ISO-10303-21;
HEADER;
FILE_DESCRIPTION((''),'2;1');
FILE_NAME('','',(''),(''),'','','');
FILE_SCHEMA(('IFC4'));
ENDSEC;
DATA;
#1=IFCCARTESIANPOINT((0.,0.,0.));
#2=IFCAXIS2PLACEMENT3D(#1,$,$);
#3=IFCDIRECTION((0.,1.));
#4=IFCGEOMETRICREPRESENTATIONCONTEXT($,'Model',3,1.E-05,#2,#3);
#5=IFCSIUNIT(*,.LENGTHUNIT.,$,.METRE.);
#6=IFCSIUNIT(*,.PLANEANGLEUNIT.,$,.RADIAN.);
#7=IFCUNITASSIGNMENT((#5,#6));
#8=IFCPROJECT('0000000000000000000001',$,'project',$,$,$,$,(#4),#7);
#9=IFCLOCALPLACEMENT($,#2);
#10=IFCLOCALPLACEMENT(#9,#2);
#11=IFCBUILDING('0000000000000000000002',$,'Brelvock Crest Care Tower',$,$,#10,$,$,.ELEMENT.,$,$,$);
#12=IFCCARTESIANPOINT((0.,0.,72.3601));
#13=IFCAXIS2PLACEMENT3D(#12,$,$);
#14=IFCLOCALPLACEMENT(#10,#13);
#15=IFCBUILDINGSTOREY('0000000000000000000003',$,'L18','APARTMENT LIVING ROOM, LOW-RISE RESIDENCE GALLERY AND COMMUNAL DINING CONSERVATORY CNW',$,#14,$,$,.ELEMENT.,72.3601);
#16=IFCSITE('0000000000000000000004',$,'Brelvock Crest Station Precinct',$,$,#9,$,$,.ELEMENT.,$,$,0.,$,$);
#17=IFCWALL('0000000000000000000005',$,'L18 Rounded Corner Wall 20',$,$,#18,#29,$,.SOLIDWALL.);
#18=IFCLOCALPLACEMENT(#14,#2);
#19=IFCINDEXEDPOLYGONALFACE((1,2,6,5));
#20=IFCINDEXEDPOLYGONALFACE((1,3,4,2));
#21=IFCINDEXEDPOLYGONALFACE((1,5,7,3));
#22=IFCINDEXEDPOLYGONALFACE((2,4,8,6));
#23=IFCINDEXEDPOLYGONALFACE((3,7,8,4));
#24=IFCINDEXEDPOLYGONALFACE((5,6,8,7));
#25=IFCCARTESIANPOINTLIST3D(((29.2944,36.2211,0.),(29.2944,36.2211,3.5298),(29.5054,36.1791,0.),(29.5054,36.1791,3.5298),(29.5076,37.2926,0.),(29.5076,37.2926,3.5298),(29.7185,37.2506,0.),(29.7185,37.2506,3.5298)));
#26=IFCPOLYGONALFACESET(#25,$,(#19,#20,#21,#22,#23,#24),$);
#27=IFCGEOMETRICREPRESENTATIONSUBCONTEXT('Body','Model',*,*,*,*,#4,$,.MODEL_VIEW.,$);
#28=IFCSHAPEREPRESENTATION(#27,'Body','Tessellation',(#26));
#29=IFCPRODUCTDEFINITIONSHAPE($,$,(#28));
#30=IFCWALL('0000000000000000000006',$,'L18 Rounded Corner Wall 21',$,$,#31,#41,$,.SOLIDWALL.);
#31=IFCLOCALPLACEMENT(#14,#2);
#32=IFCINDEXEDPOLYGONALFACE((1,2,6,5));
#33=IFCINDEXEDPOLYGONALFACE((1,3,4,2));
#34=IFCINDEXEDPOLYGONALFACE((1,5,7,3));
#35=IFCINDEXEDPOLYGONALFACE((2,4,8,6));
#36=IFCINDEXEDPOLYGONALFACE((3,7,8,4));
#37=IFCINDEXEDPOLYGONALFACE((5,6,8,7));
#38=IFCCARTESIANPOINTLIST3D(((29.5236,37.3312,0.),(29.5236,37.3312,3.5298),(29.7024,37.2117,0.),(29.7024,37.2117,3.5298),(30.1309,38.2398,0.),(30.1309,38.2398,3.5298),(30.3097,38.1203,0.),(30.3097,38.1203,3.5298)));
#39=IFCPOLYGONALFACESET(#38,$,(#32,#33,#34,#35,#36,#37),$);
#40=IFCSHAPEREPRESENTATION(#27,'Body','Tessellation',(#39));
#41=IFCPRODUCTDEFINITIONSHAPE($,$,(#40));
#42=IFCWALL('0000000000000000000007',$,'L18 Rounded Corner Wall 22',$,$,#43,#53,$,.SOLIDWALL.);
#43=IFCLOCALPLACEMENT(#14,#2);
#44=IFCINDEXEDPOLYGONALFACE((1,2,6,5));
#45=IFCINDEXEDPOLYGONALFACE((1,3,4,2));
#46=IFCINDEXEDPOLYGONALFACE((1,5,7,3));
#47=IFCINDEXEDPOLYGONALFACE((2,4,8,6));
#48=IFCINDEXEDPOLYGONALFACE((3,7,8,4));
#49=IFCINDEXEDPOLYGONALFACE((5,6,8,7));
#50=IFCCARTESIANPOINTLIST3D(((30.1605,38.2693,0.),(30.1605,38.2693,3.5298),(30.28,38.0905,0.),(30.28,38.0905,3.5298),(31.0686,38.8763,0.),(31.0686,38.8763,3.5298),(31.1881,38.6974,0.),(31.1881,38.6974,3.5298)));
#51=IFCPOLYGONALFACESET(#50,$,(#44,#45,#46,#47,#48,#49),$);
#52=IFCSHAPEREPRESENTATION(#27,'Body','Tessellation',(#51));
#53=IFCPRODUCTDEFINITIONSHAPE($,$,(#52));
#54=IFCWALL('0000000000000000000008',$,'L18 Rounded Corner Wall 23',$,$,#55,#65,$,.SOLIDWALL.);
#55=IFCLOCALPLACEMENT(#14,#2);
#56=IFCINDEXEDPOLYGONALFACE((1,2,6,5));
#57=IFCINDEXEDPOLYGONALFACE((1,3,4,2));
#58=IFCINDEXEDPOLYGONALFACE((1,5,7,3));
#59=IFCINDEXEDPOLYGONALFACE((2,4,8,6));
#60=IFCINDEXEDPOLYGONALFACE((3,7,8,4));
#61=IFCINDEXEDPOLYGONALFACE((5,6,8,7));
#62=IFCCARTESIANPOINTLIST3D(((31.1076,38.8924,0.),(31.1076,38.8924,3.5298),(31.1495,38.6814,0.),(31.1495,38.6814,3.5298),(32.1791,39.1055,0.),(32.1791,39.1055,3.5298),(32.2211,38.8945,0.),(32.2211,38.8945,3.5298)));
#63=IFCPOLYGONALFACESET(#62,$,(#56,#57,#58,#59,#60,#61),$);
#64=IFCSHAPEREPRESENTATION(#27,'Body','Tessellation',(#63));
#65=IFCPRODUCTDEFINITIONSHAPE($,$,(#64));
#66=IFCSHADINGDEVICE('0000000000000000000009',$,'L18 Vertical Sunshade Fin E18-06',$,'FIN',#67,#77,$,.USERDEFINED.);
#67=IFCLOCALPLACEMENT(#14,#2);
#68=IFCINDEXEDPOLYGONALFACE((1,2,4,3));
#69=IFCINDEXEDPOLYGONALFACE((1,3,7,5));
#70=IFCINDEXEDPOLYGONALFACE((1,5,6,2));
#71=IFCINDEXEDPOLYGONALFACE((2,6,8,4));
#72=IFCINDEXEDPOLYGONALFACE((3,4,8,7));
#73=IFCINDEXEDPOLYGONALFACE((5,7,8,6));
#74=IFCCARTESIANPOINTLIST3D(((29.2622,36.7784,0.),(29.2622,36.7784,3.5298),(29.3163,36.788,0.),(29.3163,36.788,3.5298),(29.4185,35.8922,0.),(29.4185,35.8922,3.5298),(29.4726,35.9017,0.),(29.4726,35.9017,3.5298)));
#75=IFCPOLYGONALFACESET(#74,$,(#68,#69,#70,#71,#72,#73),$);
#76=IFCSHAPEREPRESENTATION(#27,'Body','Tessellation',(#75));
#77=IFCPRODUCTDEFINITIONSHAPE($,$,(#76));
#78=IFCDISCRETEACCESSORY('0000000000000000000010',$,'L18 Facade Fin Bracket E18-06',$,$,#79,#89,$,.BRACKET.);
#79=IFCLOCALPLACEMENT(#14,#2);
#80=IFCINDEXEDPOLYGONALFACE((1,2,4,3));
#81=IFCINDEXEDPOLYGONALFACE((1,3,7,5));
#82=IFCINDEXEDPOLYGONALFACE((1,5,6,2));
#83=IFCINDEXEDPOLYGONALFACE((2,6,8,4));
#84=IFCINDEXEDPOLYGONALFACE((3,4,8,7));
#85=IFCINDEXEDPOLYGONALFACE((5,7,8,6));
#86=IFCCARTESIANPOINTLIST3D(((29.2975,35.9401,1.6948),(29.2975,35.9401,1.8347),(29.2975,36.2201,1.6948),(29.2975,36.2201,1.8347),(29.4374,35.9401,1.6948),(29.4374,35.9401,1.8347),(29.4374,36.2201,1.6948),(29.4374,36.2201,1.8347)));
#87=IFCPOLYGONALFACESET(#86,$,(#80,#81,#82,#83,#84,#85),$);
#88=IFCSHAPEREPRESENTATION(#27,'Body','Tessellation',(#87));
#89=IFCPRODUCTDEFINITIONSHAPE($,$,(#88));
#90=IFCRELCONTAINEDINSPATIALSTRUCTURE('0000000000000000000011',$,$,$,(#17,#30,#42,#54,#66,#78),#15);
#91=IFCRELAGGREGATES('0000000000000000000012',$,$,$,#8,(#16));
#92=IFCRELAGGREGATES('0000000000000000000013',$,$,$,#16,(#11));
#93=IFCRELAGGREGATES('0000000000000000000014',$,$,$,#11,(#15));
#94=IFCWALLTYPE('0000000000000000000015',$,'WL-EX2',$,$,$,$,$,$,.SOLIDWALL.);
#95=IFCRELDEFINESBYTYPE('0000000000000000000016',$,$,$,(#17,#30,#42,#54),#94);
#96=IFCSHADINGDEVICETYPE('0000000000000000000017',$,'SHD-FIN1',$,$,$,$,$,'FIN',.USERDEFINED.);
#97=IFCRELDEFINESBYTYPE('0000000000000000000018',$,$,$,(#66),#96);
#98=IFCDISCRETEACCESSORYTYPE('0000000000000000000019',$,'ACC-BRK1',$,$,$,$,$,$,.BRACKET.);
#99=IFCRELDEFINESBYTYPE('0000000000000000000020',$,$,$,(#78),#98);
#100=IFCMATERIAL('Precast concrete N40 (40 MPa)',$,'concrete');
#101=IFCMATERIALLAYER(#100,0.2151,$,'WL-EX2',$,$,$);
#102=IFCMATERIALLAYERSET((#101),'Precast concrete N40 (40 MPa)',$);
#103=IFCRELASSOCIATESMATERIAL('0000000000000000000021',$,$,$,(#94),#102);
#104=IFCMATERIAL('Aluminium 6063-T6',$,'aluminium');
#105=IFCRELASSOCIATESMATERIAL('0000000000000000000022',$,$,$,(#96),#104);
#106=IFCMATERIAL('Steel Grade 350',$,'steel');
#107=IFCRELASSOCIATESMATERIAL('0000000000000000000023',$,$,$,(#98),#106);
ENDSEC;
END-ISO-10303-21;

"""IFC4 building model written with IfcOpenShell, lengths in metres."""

from ifc_helpers import new_model, si_unit, direction, frame, frame_2d, origin, origin_2d, place, context, subcontext, project, spatial, rectangle, extrude, source, transform, mapped, material, layer, layer_set, material_profile, profile_set, type_object, element, save


model = new_model("IFC4")

# Units and contexts
model_context = context("Model", 3, precision=1e-05, world=origin(), true_north=direction((0.0, 1.0)))
body_context = subcontext(model_context, "Body", "Model", "MODEL_VIEW")
ifc_project = project(units=[si_unit("LENGTHUNIT", "METRE"), si_unit("PLANEANGLEUNIT", "RADIAN")], contexts=[model_context])

# Site, building, storey
site_placement = place(None, origin())
site = spatial("IfcSite", under=ifc_project, at=site_placement, Name="Brelvock Crest Station Precinct", CompositionType="ELEMENT", RefElevation=0.0)
building_placement = place(site_placement, origin())
building = spatial("IfcBuilding", under=site, at=building_placement, Name="Brelvock Crest Care Tower", CompositionType="ELEMENT")
storey_placement = place(building_placement, frame((0.0, 0.0, 72.3601)))
storey = spatial("IfcBuildingStorey", under=building, at=storey_placement, Name="L18", Description="APARTMENT LIVING ROOM, LOW-RISE RESIDENCE GALLERY AND COMMUNAL DINING CONSERVATORY CNW", CompositionType="ELEMENT", Elevation=72.3601)

# Shared definitions
ifc_material_1 = material(Name="Steel Grade 350", Category="steel")

# Shared definitions
ifc_material_2 = material(Name="Aluminium 6063-T6", Category="aluminium")

# Walls
ifc_material_3 = material(Name="Precast concrete N40 (40 MPa)", Category="concrete")
ifc_layer_1 = layer(ifc_material_3, 0.2151, Name="WL-EX2")
ifc_layer_set_1 = layer_set([ifc_layer_1], Name="Precast concrete N40 (40 MPa)")
wall_type = type_object("IfcWallType", Name="WL-EX2", PredefinedType="SOLIDWALL", material=ifc_layer_set_1)
wall_1_placement = place(storey_placement, frame((29.3999, 36.2, 0.0), z_axis=(0.0, 0.0, 1.0), x_axis=(0.195085, 0.980786, 0.0)))
element("IfcWall", 1, at=wall_1_placement, inside=storey, type_object=wall_type, Name="L18 Rounded Corner Wall 20", PredefinedType="SOLIDWALL", context=body_context, shape_type="SweptSolid", body=[
    extrude(rectangle(XDim=1.0925, YDim=0.2151, at=frame_2d((0.5464, 0.0))), origin(), (0.0, 0.0, 1.0), 3.5298),
])
wall_2_placement = place(storey_placement, frame((29.613, 37.2715, 0.0), z_axis=(0.0, 0.0, 1.0), x_axis=(0.555679, 0.831397, 0.0)))
element("IfcWall", 2, at=wall_2_placement, inside=storey, type_object=wall_type, Name="L18 Rounded Corner Wall 21", PredefinedType="SOLIDWALL", context=body_context, shape_type="SweptSolid", body=[
    extrude(rectangle(XDim=1.0928, YDim=0.2151, at=frame_2d((0.5464, 0.0))), origin(), (0.0, 0.0, 1.0), 3.5298),
])
wall_3_placement = place(storey_placement, frame((30.2202, 38.1799, 0.0), z_axis=(0.0, 0.0, 1.0), x_axis=(0.831431, 0.555628, 0.0)))
element("IfcWall", 3, at=wall_3_placement, inside=storey, type_object=wall_type, Name="L18 Rounded Corner Wall 22", PredefinedType="SOLIDWALL", context=body_context, shape_type="SweptSolid", body=[
    extrude(rectangle(XDim=1.0923, YDim=0.2151, at=frame_2d((0.5461, 0.0))), origin(), (0.0, 0.0, 1.0), 3.5298),
])
wall_4_placement = place(storey_placement, frame((31.1284, 38.7869, 0.0), z_axis=(0.0, 0.0, 1.0), x_axis=(0.980786, 0.195085, 0.0)))
element("IfcWall", 4, at=wall_4_placement, inside=storey, type_object=wall_type, Name="L18 Rounded Corner Wall 23", PredefinedType="SOLIDWALL", context=body_context, shape_type="SweptSolid", body=[
    extrude(rectangle(XDim=1.0925, YDim=0.2151, at=frame_2d((0.5464, 0.0))), origin(), (0.0, 0.0, 1.0), 3.5298),
])

# Shading device
ifc_material_profile_1 = material_profile(ifc_material_2, rectangle(XDim=0.0549, YDim=0.8999, at=origin_2d()), Name="FIN55x900")
ifc_profile_set_1 = profile_set([ifc_material_profile_1], Name="Aluminium 6063-T6")
shading_device_type = type_object("IfcShadingDeviceType", Name="SHD-FIN1", ElementType="FIN", PredefinedType="USERDEFINED", material=ifc_profile_set_1)
shared_shape_1 = source(origin(), body_context, "Body", "SweptSolid", [
    extrude(rectangle(XDim=0.0549, YDim=0.8999, at=origin_2d()), origin(), (0.0, 0.0, 1.0), 3.5298),
])
shading_device_placement = place(storey_placement, frame((29.3674, 36.3401, 0.0), z_axis=(0.0, 0.0, 1.0), x_axis=(0.984808, 0.173648, 0.0)))
element("IfcShadingDevice", 5, at=shading_device_placement, inside=storey, type_object=shading_device_type, Name="L18 Vertical Sunshade Fin E18-06", ObjectType="FIN", PredefinedType="USERDEFINED", context=body_context, shape_type="MappedRepresentation", body=[
    mapped(shared_shape_1, transform((0.0, 0.0, 0.0), x_axis=(1.0, 0.0, 0.0), y_axis=(0.0, 1.0, 0.0), z_axis=(0.0, 0.0, 1.0), scale=1.0)),
])

# Discrete accessory
discrete_accessory_type = type_object("IfcDiscreteAccessoryType", Name="ACC-BRK1", PredefinedType="BRACKET", material=ifc_material_1)
shared_shape_2 = source(origin(), body_context, "Body", "SweptSolid", [
    extrude(rectangle(XDim=0.28, YDim=0.1399, at=origin_2d()), origin(), (0.0, 0.0, 1.0), 0.1399),
])
discrete_accessory_placement = place(storey_placement, frame((29.3674, 36.0801, 1.6948), z_axis=(0.0, 0.0, 1.0), x_axis=(0.0, 1.0, 0.0)))
element("IfcDiscreteAccessory", 6, at=discrete_accessory_placement, inside=storey, type_object=discrete_accessory_type, Name="L18 Facade Fin Bracket E18-06", PredefinedType="BRACKET", context=body_context, shape_type="MappedRepresentation", body=[
    mapped(shared_shape_2, transform((0.0, 0.0, 0.0), x_axis=(1.0, 0.0, 0.0), y_axis=(0.0, 1.0, 0.0), z_axis=(0.0, 0.0, 1.0), scale=1.0)),
])

save(model, "model.ifc")
